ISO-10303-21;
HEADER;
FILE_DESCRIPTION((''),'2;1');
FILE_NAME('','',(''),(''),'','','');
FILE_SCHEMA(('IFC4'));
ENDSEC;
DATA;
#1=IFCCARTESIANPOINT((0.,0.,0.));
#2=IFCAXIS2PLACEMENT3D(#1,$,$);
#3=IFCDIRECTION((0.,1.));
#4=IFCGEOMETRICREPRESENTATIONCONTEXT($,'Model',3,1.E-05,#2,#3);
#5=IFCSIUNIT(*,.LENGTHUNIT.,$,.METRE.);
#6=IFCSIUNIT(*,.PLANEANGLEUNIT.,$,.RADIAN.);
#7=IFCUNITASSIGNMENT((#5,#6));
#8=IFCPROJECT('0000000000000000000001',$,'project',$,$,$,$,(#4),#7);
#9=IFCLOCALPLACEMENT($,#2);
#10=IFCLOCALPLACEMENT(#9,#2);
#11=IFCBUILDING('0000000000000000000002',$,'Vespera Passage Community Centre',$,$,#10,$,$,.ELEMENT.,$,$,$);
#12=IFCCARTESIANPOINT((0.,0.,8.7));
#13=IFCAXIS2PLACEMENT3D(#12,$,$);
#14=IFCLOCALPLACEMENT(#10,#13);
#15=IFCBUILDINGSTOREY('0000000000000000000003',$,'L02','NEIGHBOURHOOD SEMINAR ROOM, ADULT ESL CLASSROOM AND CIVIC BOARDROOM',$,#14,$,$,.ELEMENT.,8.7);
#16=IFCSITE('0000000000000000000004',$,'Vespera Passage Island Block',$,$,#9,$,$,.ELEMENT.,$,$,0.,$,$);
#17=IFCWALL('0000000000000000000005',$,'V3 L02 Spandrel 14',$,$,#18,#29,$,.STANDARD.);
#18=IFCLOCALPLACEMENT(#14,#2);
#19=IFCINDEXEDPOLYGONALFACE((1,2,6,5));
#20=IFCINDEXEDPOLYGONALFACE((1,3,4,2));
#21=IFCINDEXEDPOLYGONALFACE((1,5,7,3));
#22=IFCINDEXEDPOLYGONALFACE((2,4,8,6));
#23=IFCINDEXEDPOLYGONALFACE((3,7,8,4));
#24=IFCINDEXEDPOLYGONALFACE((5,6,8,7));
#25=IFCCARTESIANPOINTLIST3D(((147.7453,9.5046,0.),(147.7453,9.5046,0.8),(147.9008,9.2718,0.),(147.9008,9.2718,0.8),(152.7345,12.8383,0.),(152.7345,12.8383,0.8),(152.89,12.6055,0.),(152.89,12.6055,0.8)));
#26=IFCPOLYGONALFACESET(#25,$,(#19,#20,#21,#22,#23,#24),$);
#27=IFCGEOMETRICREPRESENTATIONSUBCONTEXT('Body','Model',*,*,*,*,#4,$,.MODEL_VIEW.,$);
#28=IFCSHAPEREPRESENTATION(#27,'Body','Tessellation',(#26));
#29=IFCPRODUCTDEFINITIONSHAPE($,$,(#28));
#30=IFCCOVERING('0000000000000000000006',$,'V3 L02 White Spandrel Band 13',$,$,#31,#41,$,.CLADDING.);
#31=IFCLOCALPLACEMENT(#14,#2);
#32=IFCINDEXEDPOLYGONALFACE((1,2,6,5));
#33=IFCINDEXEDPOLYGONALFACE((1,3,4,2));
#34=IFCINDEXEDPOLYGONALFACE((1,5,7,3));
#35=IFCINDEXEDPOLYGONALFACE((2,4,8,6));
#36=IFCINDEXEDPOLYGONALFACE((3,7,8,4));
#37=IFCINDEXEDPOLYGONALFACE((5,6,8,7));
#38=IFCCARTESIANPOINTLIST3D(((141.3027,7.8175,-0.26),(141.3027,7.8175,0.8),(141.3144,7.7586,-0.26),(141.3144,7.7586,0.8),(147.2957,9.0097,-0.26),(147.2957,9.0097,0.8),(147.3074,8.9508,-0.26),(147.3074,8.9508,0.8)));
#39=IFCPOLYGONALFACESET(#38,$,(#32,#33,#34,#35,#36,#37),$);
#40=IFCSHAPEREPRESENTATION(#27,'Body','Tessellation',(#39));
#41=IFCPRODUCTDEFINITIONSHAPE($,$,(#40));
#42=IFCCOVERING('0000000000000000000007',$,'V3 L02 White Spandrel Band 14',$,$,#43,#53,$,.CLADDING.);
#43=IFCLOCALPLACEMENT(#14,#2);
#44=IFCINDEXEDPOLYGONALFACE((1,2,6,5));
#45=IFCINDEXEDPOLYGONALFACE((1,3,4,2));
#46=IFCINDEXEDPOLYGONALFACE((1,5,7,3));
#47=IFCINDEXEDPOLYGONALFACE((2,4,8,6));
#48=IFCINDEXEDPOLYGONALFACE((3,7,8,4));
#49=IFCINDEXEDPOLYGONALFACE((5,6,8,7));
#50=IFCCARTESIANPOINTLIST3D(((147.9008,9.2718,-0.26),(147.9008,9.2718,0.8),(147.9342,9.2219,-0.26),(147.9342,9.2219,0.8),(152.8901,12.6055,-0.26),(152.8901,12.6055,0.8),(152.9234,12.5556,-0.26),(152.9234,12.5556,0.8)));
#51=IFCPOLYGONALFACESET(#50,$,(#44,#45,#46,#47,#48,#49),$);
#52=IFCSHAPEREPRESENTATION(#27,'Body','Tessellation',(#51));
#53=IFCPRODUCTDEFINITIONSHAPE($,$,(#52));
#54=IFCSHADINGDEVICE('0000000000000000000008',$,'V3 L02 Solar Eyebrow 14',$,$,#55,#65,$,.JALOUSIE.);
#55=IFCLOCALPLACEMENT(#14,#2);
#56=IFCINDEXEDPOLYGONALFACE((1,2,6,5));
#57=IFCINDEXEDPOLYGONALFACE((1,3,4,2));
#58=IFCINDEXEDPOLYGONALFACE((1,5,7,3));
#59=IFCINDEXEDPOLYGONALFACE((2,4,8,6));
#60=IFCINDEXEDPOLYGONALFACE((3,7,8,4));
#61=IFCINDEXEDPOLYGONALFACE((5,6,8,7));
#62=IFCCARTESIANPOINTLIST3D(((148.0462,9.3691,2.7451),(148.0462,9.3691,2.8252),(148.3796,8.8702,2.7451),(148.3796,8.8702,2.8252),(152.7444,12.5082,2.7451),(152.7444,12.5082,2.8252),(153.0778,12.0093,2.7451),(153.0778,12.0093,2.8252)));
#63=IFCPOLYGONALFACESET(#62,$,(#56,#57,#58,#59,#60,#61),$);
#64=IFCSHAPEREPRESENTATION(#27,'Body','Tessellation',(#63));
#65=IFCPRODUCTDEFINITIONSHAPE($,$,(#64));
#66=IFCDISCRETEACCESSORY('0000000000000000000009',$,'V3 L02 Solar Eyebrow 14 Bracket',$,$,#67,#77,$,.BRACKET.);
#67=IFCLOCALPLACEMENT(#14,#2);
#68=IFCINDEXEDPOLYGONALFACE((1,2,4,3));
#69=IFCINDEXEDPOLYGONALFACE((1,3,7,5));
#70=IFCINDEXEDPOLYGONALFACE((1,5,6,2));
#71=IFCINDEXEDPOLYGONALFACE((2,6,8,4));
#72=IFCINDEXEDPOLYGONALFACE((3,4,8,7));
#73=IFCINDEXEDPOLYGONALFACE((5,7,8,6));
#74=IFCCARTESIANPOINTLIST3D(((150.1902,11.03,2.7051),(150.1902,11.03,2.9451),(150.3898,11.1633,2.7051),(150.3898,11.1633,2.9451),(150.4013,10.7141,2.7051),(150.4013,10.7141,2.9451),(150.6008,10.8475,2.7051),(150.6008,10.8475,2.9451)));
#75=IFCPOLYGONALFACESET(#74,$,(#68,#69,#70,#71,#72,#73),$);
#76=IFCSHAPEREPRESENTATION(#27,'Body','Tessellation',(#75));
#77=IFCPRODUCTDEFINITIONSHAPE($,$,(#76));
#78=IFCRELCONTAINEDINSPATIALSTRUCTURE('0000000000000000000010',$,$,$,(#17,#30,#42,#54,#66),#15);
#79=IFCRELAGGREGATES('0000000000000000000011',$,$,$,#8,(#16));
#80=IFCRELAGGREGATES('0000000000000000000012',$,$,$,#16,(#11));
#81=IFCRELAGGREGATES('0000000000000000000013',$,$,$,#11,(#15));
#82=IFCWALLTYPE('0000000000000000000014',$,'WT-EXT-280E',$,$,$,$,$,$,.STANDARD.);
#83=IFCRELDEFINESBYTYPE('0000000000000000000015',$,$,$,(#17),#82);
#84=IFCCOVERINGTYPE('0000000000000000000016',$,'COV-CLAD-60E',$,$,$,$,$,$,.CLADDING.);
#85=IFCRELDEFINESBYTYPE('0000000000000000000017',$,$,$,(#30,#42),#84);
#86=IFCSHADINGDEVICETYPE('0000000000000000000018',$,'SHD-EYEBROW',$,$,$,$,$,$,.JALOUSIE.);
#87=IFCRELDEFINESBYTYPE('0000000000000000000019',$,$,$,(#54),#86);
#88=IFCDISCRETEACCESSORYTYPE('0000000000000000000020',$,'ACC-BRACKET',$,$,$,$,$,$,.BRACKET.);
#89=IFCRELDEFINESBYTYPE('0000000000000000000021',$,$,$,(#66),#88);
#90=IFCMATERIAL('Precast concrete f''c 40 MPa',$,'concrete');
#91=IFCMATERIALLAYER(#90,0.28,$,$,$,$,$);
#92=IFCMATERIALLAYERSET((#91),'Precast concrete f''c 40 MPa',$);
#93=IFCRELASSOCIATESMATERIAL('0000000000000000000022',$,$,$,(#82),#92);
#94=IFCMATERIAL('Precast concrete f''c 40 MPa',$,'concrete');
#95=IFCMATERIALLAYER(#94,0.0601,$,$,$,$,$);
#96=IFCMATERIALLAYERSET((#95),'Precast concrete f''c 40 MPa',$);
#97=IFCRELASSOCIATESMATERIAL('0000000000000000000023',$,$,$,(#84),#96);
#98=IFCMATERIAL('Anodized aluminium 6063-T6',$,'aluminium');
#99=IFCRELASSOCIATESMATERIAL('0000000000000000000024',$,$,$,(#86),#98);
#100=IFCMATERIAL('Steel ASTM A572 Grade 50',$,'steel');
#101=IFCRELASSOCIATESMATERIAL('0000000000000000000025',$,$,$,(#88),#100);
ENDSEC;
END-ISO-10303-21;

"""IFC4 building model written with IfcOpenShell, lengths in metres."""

from ifc_helpers import new_model, si_unit, direction, frame, frame_2d, origin, origin_2d, place, context, subcontext, project, spatial, rectangle, extrude, material, layer, layer_set, type_object, element, save


model = new_model("IFC4")

# Units and contexts
model_context = context("Model", 3, precision=1e-05, world=origin(), true_north=direction((0.0, 1.0)))
body_context = subcontext(model_context, "Body", "Model", "MODEL_VIEW")
ifc_project = project(units=[si_unit("LENGTHUNIT", "METRE"), si_unit("PLANEANGLEUNIT", "RADIAN")], contexts=[model_context])

# Site, building, storey
site_placement = place(None, origin())
site = spatial("IfcSite", under=ifc_project, at=site_placement, Name="Vespera Passage Island Block", CompositionType="ELEMENT", RefElevation=0.0)
building_placement = place(site_placement, origin())
building = spatial("IfcBuilding", under=site, at=building_placement, Name="Vespera Passage Community Centre", CompositionType="ELEMENT")
storey_placement = place(building_placement, frame((0.0, 0.0, 8.7)))
storey = spatial("IfcBuildingStorey", under=building, at=storey_placement, Name="L02", Description="NEIGHBOURHOOD SEMINAR ROOM, ADULT ESL CLASSROOM AND CIVIC BOARDROOM", CompositionType="ELEMENT", Elevation=8.7)

# Wall
ifc_material_1 = material(Name="Precast concrete f'c 40 MPa", Category="concrete")
ifc_layer_1 = layer(ifc_material_1, 0.28)
ifc_layer_set_1 = layer_set([ifc_layer_1], Name="Precast concrete f'c 40 MPa")
wall_type = type_object("IfcWallType", Name="WT-EXT-280E", PredefinedType="STANDARD", material=ifc_layer_set_1)
wall_1_placement = place(storey_placement, frame((152.8123, 12.7219, 0.0), z_axis=(0.0, 0.0, 1.0), x_axis=(-0.831468, -0.555573, 0.0)))
element("IfcWall", 1, at=wall_1_placement, inside=storey, type_object=wall_type, Name="V3 L02 Spandrel 14", PredefinedType="STANDARD", context=body_context, shape_type="SweptSolid", body=[
    extrude(rectangle(XDim=6.0005, YDim=0.28, at=frame_2d((3.0002, 0.0))), origin(), (0.0, 0.0, 1.0), 0.8),
])

# Coverings
ifc_material_2 = material(Name="Precast concrete f'c 40 MPa", Category="concrete")
ifc_layer_2 = layer(ifc_material_2, 0.0601)
ifc_layer_set_2 = layer_set([ifc_layer_2], Name="Precast concrete f'c 40 MPa")
covering_type = type_object("IfcCoveringType", Name="COV-CLAD-60E", PredefinedType="CLADDING", material=ifc_layer_set_2)
covering_1_placement = place(storey_placement, frame((147.3015, 8.9802, -0.26), z_axis=(0.0, 0.0, 1.0), x_axis=(-0.980783, -0.195102, 0.0)))
element("IfcCovering", 2, at=covering_1_placement, inside=storey, type_object=covering_type, Name="V3 L02 White Spandrel Band 13", PredefinedType="CLADDING", context=body_context, shape_type="SweptSolid", body=[
    extrude(rectangle(XDim=6.1104, YDim=0.0601, at=frame_2d((3.0552, 0.0))), origin(), (0.0, 0.0, 1.0), 1.0601),
])
covering_2_placement = place(storey_placement, frame((152.9067, 12.5806, -0.26), z_axis=(0.0, 0.0, 1.0), x_axis=(-0.831468, -0.555573, 0.0)))
element("IfcCovering", 3, at=covering_2_placement, inside=storey, type_object=covering_type, Name="V3 L02 White Spandrel Band 14", PredefinedType="CLADDING", context=body_context, shape_type="SweptSolid", body=[
    extrude(rectangle(XDim=6.0005, YDim=0.0601, at=frame_2d((3.0002, 0.0))), origin(), (0.0, 0.0, 1.0), 1.0601),
])

# Shading device
ifc_material_3 = material(Name="Anodized aluminium 6063-T6", Category="aluminium")
shading_device_type = type_object("IfcShadingDeviceType", Name="SHD-EYEBROW", PredefinedType="JALOUSIE", material=ifc_material_3)
shading_device_placement = place(storey_placement, frame((150.562, 10.6892, 2.7451), z_axis=(0.0, 0.0, 1.0), x_axis=(-0.831479, -0.555556, 0.0)))
element("IfcShadingDevice", 4, at=shading_device_placement, inside=storey, type_object=shading_device_type, Name="V3 L02 Solar Eyebrow 14", PredefinedType="JALOUSIE", context=body_context, shape_type="SweptSolid", body=[
    extrude(rectangle(XDim=5.6504, YDim=0.6001, at=origin_2d()), origin(), (0.0, 0.0, 1.0), 0.0801),
])

# Discrete accessory
ifc_material_4 = material(Name="Steel ASTM A572 Grade 50", Category="steel")
discrete_accessory_type = type_object("IfcDiscreteAccessoryType", Name="ACC-BRACKET", PredefinedType="BRACKET", material=ifc_material_4)
discrete_accessory_placement = place(storey_placement, frame((150.3955, 10.9387, 2.7051), z_axis=(0.0, 0.0, 1.0), x_axis=(-0.831479, -0.555556, 0.0)))
element("IfcDiscreteAccessory", 5, at=discrete_accessory_placement, inside=storey, type_object=discrete_accessory_type, Name="V3 L02 Solar Eyebrow 14 Bracket", PredefinedType="BRACKET", context=body_context, shape_type="SweptSolid", body=[
    extrude(rectangle(XDim=0.24, YDim=0.3799, at=origin_2d()), origin(), (0.0, 0.0, 1.0), 0.24),
])

save(model, "model.ifc")
